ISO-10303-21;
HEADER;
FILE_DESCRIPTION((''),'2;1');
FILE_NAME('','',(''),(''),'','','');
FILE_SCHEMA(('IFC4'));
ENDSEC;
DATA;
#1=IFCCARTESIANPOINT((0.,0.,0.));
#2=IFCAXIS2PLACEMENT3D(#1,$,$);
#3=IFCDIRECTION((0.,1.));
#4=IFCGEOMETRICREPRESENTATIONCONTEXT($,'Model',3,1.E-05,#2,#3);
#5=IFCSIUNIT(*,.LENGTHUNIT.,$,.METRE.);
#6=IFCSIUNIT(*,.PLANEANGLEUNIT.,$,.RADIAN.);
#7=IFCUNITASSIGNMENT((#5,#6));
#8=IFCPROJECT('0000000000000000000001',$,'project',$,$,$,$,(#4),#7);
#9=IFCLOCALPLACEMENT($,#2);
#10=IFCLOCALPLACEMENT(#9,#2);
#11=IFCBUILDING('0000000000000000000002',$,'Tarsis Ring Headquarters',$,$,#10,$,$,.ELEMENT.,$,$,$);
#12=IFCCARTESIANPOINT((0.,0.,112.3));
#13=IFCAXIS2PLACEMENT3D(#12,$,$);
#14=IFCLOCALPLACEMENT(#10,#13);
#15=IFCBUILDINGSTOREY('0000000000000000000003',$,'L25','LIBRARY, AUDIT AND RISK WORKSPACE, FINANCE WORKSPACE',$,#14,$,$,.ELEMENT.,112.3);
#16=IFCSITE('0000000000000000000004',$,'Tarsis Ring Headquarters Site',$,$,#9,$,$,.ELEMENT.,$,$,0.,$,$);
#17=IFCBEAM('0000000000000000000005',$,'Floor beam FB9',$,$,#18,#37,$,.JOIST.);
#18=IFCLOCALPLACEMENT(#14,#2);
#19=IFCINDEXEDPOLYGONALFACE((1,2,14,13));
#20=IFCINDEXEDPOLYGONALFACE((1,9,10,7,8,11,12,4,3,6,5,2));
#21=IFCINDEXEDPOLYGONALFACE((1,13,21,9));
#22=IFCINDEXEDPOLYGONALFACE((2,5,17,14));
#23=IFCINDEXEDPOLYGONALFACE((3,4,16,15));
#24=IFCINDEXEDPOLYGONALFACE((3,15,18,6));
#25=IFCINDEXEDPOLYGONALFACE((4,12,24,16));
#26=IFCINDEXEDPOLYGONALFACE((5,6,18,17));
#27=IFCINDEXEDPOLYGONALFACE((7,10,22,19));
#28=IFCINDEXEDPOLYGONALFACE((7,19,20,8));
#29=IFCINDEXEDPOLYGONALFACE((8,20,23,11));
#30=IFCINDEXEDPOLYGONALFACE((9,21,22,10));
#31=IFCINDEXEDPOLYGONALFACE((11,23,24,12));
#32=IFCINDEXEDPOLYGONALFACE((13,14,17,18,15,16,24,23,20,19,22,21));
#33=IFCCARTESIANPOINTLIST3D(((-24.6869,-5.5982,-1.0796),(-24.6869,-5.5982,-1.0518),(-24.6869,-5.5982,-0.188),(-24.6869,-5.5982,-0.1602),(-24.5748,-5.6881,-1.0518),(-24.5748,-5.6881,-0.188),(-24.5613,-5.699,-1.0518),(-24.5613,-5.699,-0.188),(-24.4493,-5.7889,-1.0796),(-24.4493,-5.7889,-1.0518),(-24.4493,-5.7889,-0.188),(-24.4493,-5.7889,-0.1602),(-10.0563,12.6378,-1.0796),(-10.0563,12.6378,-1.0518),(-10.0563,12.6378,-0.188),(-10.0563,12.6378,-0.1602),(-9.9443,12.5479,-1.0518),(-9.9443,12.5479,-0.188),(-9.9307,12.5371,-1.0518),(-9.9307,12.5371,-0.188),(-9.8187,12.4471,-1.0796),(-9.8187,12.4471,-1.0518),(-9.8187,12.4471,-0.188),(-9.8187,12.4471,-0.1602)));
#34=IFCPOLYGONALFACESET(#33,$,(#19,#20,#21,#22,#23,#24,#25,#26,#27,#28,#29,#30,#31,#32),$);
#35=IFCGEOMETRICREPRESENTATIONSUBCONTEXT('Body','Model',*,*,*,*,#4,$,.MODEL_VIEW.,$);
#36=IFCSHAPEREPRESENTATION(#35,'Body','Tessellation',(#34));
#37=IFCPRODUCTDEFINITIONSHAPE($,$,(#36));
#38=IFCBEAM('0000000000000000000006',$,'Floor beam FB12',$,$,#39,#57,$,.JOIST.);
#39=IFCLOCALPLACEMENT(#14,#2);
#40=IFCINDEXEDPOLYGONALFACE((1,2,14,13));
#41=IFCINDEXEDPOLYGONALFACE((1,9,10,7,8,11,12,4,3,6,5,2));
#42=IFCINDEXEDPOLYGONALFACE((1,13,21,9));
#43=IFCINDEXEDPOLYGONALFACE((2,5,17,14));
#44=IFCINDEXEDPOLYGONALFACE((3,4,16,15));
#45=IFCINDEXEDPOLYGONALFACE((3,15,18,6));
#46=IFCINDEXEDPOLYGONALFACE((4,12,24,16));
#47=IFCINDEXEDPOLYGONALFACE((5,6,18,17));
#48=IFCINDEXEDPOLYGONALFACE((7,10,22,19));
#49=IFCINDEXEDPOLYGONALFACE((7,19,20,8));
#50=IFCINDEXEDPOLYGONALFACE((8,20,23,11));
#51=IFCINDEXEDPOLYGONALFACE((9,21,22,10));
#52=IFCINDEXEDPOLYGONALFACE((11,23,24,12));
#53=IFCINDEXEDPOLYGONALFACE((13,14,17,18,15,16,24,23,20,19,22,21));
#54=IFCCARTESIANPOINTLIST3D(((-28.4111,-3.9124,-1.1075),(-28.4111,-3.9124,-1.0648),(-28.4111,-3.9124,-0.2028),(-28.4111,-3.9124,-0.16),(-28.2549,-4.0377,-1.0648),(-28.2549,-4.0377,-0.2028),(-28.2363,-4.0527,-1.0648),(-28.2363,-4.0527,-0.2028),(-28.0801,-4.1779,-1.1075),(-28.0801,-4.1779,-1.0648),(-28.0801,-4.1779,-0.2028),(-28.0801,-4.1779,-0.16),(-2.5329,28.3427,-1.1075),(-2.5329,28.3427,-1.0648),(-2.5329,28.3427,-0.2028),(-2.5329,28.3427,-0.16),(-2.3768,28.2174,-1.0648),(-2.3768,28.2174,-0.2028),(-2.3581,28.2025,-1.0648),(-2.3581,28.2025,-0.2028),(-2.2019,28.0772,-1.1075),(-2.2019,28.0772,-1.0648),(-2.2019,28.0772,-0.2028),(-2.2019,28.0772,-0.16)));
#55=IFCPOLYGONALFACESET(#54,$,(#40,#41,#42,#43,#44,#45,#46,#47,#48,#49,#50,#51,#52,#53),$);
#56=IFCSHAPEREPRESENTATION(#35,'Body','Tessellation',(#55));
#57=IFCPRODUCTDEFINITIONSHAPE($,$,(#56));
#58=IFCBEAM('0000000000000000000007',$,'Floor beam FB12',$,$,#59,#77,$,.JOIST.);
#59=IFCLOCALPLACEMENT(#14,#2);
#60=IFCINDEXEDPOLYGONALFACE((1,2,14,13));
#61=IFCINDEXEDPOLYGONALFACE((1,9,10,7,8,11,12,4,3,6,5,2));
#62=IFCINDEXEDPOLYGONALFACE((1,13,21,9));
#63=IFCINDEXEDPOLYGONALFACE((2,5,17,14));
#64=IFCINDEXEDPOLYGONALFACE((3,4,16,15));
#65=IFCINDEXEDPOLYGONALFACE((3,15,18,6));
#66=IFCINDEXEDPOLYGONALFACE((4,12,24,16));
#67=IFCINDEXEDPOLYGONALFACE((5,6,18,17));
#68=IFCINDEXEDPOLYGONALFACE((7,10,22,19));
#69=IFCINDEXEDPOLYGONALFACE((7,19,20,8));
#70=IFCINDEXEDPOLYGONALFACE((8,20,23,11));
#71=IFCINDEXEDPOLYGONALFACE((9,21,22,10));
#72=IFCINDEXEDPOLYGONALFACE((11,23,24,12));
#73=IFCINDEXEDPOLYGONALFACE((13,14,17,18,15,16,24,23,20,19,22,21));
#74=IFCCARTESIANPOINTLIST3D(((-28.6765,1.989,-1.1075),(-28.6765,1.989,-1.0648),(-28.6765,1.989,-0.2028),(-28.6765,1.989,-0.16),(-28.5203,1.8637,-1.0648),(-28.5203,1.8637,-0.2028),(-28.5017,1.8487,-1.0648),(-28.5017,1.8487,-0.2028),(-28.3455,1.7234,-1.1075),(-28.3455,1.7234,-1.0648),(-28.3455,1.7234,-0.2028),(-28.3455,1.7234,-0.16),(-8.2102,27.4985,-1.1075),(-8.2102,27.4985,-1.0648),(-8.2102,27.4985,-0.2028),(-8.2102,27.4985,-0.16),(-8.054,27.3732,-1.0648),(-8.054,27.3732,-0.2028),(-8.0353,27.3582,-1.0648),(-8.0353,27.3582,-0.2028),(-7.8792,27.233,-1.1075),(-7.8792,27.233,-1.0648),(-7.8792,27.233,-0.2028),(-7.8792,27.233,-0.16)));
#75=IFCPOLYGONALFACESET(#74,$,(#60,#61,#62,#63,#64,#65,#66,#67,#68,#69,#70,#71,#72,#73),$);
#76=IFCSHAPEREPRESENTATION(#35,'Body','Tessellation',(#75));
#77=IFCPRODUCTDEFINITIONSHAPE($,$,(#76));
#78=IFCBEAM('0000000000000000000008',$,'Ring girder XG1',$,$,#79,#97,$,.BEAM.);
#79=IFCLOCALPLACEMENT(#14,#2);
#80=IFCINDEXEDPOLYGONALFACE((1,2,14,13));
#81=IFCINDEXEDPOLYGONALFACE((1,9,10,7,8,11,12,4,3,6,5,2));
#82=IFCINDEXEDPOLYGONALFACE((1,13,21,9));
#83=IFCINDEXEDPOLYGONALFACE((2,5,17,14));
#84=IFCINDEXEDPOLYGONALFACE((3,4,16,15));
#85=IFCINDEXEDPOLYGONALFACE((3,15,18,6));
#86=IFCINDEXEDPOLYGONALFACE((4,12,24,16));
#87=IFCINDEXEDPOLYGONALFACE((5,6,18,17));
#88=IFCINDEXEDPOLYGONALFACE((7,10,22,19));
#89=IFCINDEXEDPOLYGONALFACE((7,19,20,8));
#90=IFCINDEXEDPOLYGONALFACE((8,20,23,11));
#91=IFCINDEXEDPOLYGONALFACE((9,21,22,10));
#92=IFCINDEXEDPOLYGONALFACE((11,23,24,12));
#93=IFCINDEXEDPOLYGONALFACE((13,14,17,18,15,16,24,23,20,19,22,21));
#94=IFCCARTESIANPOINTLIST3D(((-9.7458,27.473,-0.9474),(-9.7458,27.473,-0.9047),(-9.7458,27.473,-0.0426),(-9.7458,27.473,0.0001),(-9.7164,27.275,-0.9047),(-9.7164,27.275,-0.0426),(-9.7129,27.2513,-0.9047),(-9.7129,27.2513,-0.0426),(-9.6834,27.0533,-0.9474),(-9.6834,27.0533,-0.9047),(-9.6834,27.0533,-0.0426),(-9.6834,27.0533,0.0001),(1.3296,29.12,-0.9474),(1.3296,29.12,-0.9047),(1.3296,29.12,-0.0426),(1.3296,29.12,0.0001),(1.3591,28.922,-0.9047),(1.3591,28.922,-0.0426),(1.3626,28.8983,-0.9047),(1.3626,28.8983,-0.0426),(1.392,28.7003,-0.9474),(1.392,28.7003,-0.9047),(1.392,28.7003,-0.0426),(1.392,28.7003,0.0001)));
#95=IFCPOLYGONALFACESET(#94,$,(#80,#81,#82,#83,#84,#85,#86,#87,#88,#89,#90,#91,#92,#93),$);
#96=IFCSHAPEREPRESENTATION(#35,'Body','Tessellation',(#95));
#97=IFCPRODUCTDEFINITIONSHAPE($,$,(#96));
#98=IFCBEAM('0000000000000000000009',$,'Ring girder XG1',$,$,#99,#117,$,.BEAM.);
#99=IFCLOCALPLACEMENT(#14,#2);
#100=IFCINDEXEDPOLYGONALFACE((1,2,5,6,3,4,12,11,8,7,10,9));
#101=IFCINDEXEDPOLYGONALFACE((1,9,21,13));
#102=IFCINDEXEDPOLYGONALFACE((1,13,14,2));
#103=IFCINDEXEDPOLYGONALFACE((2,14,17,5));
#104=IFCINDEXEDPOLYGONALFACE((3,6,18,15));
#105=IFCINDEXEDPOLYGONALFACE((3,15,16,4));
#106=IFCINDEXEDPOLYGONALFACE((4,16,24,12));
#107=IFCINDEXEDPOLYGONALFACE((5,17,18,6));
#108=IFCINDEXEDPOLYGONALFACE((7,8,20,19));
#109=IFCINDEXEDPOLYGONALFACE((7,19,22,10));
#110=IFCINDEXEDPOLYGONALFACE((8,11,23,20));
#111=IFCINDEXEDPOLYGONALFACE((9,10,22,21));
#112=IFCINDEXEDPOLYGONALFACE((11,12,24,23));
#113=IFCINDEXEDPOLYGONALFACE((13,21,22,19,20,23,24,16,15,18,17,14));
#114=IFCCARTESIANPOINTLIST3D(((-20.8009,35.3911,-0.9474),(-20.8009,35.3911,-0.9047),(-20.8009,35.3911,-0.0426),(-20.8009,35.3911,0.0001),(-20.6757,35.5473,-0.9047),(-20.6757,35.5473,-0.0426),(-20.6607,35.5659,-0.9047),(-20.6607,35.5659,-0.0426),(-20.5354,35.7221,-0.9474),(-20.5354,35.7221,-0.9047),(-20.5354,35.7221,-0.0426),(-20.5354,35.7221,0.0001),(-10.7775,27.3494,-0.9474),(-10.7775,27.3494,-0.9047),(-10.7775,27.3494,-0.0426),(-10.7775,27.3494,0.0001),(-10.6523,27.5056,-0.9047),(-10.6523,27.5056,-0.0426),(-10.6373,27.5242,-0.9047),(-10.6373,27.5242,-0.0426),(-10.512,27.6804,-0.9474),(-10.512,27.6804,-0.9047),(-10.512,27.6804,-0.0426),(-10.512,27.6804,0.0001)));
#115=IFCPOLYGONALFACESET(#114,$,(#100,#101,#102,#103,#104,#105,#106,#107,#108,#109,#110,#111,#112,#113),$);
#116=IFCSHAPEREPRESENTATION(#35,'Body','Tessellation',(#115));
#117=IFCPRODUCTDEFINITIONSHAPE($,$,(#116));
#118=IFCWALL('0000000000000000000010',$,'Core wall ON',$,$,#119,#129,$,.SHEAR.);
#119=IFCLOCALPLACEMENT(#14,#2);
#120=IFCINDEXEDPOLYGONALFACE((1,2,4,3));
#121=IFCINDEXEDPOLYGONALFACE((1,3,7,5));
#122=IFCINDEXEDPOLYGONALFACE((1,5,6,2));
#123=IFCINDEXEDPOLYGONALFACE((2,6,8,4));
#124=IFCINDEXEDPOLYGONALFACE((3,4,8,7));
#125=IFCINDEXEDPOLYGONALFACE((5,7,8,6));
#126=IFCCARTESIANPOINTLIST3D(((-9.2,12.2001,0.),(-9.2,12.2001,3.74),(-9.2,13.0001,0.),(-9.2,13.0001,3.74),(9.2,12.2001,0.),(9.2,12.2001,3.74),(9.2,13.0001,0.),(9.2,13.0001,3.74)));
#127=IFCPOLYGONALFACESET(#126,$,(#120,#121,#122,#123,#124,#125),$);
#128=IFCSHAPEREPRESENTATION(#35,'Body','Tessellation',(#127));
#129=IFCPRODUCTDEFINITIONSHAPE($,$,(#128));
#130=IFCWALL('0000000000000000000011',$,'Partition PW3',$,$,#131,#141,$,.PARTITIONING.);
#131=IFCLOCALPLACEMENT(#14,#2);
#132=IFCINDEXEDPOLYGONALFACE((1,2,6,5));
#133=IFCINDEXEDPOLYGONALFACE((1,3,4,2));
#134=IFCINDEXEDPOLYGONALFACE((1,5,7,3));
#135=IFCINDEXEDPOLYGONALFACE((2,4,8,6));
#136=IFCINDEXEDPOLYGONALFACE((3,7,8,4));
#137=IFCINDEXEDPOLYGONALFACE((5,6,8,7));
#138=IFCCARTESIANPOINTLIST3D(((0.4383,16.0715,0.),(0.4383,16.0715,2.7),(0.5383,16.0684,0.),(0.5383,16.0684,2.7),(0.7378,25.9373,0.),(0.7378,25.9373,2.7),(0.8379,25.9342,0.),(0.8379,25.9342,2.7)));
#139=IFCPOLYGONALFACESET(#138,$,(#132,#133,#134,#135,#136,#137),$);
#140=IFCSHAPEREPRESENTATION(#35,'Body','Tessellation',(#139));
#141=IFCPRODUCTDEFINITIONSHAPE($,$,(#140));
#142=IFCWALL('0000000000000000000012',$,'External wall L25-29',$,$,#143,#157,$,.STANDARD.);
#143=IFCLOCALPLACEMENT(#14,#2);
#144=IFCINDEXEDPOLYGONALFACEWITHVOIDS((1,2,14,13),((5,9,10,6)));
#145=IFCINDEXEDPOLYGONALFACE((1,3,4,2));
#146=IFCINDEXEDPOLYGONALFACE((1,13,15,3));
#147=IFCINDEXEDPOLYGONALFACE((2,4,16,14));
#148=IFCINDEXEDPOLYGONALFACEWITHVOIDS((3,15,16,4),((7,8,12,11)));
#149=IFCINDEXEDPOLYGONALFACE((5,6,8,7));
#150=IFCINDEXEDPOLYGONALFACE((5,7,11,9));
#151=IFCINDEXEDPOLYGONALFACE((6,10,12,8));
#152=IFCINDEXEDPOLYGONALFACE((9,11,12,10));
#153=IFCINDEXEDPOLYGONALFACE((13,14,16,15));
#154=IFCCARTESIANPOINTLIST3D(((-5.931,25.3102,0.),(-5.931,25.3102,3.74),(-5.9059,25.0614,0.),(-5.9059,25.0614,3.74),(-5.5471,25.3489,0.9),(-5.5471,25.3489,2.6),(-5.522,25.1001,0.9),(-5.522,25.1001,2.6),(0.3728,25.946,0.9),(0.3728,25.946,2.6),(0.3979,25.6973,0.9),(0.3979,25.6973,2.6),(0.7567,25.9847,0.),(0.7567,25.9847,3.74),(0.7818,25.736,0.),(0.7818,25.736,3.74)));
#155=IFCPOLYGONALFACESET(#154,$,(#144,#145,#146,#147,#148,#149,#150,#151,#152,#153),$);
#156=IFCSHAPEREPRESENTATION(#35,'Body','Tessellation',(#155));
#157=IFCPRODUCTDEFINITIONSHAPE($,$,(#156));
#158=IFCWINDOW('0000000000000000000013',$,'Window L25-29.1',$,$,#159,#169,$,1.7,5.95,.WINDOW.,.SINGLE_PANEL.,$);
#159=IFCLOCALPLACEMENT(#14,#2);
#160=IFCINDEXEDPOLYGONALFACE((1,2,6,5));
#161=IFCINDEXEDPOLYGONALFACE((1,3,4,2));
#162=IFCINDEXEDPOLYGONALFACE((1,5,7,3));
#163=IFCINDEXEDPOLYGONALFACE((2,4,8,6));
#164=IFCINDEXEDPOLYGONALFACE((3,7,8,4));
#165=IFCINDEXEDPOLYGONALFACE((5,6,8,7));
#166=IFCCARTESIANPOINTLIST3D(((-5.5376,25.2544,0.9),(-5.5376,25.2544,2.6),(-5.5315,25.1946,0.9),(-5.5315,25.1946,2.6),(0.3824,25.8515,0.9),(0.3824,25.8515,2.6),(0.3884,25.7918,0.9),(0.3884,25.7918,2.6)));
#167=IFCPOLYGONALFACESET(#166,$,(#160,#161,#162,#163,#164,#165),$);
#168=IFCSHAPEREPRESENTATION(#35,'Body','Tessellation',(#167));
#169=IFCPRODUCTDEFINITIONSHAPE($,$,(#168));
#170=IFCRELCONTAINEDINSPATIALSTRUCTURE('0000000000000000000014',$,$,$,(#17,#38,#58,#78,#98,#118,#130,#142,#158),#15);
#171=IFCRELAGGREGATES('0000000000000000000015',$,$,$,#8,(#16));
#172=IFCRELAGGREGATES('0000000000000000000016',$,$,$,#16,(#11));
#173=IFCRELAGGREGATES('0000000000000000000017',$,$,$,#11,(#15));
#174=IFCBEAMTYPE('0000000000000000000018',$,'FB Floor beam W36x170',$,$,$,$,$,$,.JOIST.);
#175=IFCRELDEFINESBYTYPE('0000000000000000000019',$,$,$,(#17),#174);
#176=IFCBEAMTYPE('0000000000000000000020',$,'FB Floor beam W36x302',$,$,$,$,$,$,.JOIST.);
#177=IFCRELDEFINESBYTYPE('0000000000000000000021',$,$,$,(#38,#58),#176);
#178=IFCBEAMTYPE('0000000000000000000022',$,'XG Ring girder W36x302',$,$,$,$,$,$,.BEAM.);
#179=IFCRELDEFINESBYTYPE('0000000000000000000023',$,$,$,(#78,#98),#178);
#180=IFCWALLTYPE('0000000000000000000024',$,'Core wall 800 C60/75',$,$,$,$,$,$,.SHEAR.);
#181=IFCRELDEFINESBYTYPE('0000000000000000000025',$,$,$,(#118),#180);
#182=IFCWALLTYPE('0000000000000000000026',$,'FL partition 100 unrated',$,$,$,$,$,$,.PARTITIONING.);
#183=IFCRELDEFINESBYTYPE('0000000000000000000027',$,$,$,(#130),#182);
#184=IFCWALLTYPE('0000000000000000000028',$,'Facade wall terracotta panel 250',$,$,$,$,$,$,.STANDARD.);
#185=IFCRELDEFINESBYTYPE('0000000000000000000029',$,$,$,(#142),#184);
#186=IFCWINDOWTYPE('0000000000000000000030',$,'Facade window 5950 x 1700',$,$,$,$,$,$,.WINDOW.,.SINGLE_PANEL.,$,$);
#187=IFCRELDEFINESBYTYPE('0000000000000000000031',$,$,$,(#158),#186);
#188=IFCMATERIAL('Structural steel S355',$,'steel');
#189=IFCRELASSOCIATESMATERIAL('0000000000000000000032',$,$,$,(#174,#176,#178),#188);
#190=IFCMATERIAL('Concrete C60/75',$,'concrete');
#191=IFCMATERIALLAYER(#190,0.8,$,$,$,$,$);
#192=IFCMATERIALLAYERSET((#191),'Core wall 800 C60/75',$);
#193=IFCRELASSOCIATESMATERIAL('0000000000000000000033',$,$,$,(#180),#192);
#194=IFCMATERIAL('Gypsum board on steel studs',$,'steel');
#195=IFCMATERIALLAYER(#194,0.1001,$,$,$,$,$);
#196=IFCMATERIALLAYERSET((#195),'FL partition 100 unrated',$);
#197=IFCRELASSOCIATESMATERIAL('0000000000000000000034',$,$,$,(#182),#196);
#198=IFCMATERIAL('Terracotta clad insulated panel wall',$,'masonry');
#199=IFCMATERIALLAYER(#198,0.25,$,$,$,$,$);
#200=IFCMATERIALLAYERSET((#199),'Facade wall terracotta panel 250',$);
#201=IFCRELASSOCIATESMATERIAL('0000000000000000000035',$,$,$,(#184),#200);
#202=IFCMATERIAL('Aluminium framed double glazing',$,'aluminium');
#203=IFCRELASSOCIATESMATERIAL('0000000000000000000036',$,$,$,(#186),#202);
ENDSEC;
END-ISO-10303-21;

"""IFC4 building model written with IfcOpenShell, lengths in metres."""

from ifc_helpers import new_model, si_unit, direction, frame, frame_2d, origin, origin_2d, place, context, subcontext, project, spatial, rectangle, i_section, extrude, material, layer, layer_set, material_profile, profile_set, type_object, element, fill, save


model = new_model("IFC4")

# Units and contexts
model_context = context("Model", 3, precision=1e-05, world=origin(), true_north=direction((0.0, 1.0)))
body_context = subcontext(model_context, "Body", "Model", "MODEL_VIEW")
ifc_project = project(units=[si_unit("LENGTHUNIT", "METRE"), si_unit("PLANEANGLEUNIT", "RADIAN")], contexts=[model_context])

# Site, building, storey
site_placement = place(None, origin())
site = spatial("IfcSite", under=ifc_project, at=site_placement, Name="Tarsis Ring Headquarters Site", CompositionType="ELEMENT", RefElevation=0.0)
building_placement = place(site_placement, origin())
building = spatial("IfcBuilding", under=site, at=building_placement, Name="Tarsis Ring Headquarters", CompositionType="ELEMENT")
storey_placement = place(building_placement, frame((0.0, 0.0, 112.3)))
storey = spatial("IfcBuildingStorey", under=building, at=storey_placement, Name="L25", Description="LIBRARY, AUDIT AND RISK WORKSPACE, FINANCE WORKSPACE", CompositionType="ELEMENT", Elevation=112.3)

# Shared definitions
ifc_material_1 = material(Name="Structural steel S355", Category="steel")

# Beams
ifc_material_profile_1 = material_profile(ifc_material_1, i_section(OverallWidth=0.3047, OverallDepth=0.9194, WebThickness=0.0173, FlangeThickness=0.0278, at=origin_2d()), Name="W36x170")
ifc_profile_set_1 = profile_set([ifc_material_profile_1], Name="Structural steel S355")
beam_type_1 = type_object("IfcBeamType", Name="FB Floor beam W36x170", PredefinedType="JOIST", material=ifc_profile_set_1)
beam_1_placement = place(storey_placement, frame((-9.9375, 12.5425, -0.6199), z_axis=(-0.625783, -0.779997, 0.0), x_axis=(0.779997, -0.625783, 0.0)))
element("IfcBeam", 1, at=beam_1_placement, inside=storey, type_object=beam_type_1, Name="Floor beam FB9", PredefinedType="JOIST", context=body_context, shape_type="SweptSolid", body=[
    extrude(i_section(OverallWidth=0.3047, OverallDepth=0.9194, WebThickness=0.0173, FlangeThickness=0.0278, at=origin_2d()), origin(), (0.0, 0.0, 1.0), 23.3796),
])
ifc_material_profile_2 = material_profile(ifc_material_1, i_section(OverallWidth=0.4243, OverallDepth=0.9475, WebThickness=0.0239, FlangeThickness=0.0427, at=origin_2d()), Name="W36x302")
ifc_profile_set_2 = profile_set([ifc_material_profile_2], Name="Structural steel S355")
beam_type_2 = type_object("IfcBeamType", Name="FB Floor beam W36x302", PredefinedType="JOIST", material=ifc_profile_set_2)
beam_2_placement = place(storey_placement, frame((-2.3674, 28.21, -0.6338), z_axis=(-0.625787, -0.779994, 0.0), x_axis=(0.779994, -0.625787, 0.0)))
element("IfcBeam", 2, at=beam_2_placement, inside=storey, type_object=beam_type_2, Name="Floor beam FB12", PredefinedType="JOIST", context=body_context, shape_type="SweptSolid", body=[
    extrude(i_section(OverallWidth=0.4243, OverallDepth=0.9475, WebThickness=0.0239, FlangeThickness=0.0427, at=origin_2d()), origin(), (0.0, 0.0, 1.0), 41.353),
])
beam_3_placement = place(storey_placement, frame((-8.0447, 27.3657, -0.6338), z_axis=(-0.625789, -0.779993, 0.0), x_axis=(0.779993, -0.625789, 0.0)))
element("IfcBeam", 3, at=beam_3_placement, inside=storey, type_object=beam_type_2, Name="Floor beam FB12", PredefinedType="JOIST", context=body_context, shape_type="SweptSolid", body=[
    extrude(i_section(OverallWidth=0.4243, OverallDepth=0.9475, WebThickness=0.0239, FlangeThickness=0.0427, at=origin_2d()), origin(), (0.0, 0.0, 1.0), 32.7048),
])
beam_type_3 = type_object("IfcBeamType", Name="XG Ring girder W36x302", PredefinedType="BEAM", material=ifc_profile_set_2)
beam_4_placement = place(storey_placement, frame((1.3608, 28.9102, -0.4736), z_axis=(-0.989123, -0.147088, 0.0), x_axis=(0.147088, -0.989123, 0.0)))
element("IfcBeam", 4, at=beam_4_placement, inside=storey, type_object=beam_type_3, Name="Ring girder XG1", PredefinedType="BEAM", context=body_context, shape_type="SweptSolid", body=[
    extrude(i_section(OverallWidth=0.4243, OverallDepth=0.9475, WebThickness=0.0239, FlangeThickness=0.0427, at=origin_2d()), origin(), (0.0, 0.0, 1.0), 11.1973),
])
beam_5_placement = place(storey_placement, frame((-10.6448, 27.5149, -0.4736), z_axis=(-0.779995, 0.625786, 0.0), x_axis=(-0.625786, -0.779995, 0.0)))
element("IfcBeam", 5, at=beam_5_placement, inside=storey, type_object=beam_type_3, Name="Ring girder XG1", PredefinedType="BEAM", context=body_context, shape_type="SweptSolid", body=[
    extrude(i_section(OverallWidth=0.4243, OverallDepth=0.9475, WebThickness=0.0239, FlangeThickness=0.0427, at=origin_2d()), origin(), (0.0, 0.0, 1.0), 12.8506),
])

# Walls
ifc_material_2 = material(Name="Concrete C60/75", Category="concrete")
ifc_layer_1 = layer(ifc_material_2, 0.8)
ifc_layer_set_1 = layer_set([ifc_layer_1], Name="Core wall 800 C60/75")
wall_type_1 = type_object("IfcWallType", Name="Core wall 800 C60/75", PredefinedType="SHEAR", material=ifc_layer_set_1)
wall_1_placement = place(storey_placement, frame((-9.2, 12.6001, 0.0), z_axis=(0.0, 0.0, 1.0), x_axis=(1.0, 0.0, 0.0)))
element("IfcWall", 6, at=wall_1_placement, inside=storey, type_object=wall_type_1, Name="Core wall ON", PredefinedType="SHEAR", context=body_context, shape_type="SweptSolid", body=[
    extrude(rectangle(XDim=18.3999, YDim=0.8, at=frame_2d((9.2, 0.0))), origin(), (0.0, 0.0, 1.0), 3.74),
])
ifc_material_3 = material(Name="Gypsum board on steel studs", Category="steel")
ifc_layer_2 = layer(ifc_material_3, 0.1001)
ifc_layer_set_2 = layer_set([ifc_layer_2], Name="FL partition 100 unrated")
wall_type_2 = type_object("IfcWallType", Name="FL partition 100 unrated", PredefinedType="PARTITIONING", material=ifc_layer_set_2)
wall_2_placement = place(storey_placement, frame((0.4883, 16.0701, 0.0), z_axis=(0.0, 0.0, 1.0), x_axis=(0.03035, 0.999539, 0.0)))
element("IfcWall", 7, at=wall_2_placement, inside=storey, type_object=wall_type_2, Name="Partition PW3", PredefinedType="PARTITIONING", context=body_context, shape_type="SweptSolid", body=[
    extrude(rectangle(XDim=9.8704, YDim=0.1001, at=frame_2d((4.9351, 0.0))), origin(), (0.0, 0.0, 1.0), 2.7),
])

# Wall, opening, window
ifc_material_4 = material(Name="Terracotta clad insulated panel wall", Category="masonry")
ifc_layer_3 = layer(ifc_material_4, 0.25)
ifc_layer_set_3 = layer_set([ifc_layer_3], Name="Facade wall terracotta panel 250")
wall_type_3 = type_object("IfcWallType", Name="Facade wall terracotta panel 250", PredefinedType="STANDARD", material=ifc_layer_set_3)
wall_3_placement = place(storey_placement, frame((0.7693, 25.8604, 0.0), z_axis=(0.0, 0.0, 1.0), x_axis=(-0.994952, -0.100356, 0.0)))
wall_3 = element("IfcWall", 8, at=wall_3_placement, inside=storey, type_object=wall_type_3, Name="External wall L25-29", PredefinedType="STANDARD", context=body_context, shape_type="SweptSolid", body=[
    extrude(rectangle(XDim=6.7217, YDim=0.25, at=frame_2d((3.3608, 0.0))), origin(), (0.0, 0.0, 1.0), 3.74),
])
opening_1_placement = place(wall_3_placement, frame((0.3857, 0.0, 0.8999)))
opening_1 = element("IfcOpeningElement", 9, at=opening_1_placement, cuts=wall_3, PredefinedType="OPENING", context=body_context, shape_type="SweptSolid", body=[
    extrude(rectangle(XDim=5.95, YDim=1.7, at=frame_2d((2.9751, 0.8501))), frame((0.0, 0.135, 0.0), z_axis=(0.0, -1.0, 0.0), x_axis=(1.0, 0.0, 0.0)), (0.0, 0.0, 1.0), 0.27),
])
ifc_material_5 = material(Name="Aluminium framed double glazing", Category="aluminium")
window_type_1 = type_object("IfcWindowType", Name="Facade window 5950 x 1700", PartitioningType="SINGLE_PANEL", PredefinedType="WINDOW", material=ifc_material_5)
window_1_placement = place(opening_1_placement, origin())
window_1 = element("IfcWindow", 10, at=window_1_placement, inside=storey, type_object=window_type_1, Name="Window L25-29.1", OverallHeight=1.7, OverallWidth=5.95, PartitioningType="SINGLE_PANEL", PredefinedType="WINDOW", context=body_context, shape_type="SweptSolid", body=[
    extrude(rectangle(XDim=5.95, YDim=1.7, at=frame_2d((2.9751, 0.8501))), frame((0.0, 0.03, 0.0), z_axis=(0.0, -1.0, 0.0), x_axis=(1.0, 0.0, 0.0)), (0.0, 0.0, 1.0), 0.0601),
])
fill(opening_1, window_1)

save(model, "model.ifc")
